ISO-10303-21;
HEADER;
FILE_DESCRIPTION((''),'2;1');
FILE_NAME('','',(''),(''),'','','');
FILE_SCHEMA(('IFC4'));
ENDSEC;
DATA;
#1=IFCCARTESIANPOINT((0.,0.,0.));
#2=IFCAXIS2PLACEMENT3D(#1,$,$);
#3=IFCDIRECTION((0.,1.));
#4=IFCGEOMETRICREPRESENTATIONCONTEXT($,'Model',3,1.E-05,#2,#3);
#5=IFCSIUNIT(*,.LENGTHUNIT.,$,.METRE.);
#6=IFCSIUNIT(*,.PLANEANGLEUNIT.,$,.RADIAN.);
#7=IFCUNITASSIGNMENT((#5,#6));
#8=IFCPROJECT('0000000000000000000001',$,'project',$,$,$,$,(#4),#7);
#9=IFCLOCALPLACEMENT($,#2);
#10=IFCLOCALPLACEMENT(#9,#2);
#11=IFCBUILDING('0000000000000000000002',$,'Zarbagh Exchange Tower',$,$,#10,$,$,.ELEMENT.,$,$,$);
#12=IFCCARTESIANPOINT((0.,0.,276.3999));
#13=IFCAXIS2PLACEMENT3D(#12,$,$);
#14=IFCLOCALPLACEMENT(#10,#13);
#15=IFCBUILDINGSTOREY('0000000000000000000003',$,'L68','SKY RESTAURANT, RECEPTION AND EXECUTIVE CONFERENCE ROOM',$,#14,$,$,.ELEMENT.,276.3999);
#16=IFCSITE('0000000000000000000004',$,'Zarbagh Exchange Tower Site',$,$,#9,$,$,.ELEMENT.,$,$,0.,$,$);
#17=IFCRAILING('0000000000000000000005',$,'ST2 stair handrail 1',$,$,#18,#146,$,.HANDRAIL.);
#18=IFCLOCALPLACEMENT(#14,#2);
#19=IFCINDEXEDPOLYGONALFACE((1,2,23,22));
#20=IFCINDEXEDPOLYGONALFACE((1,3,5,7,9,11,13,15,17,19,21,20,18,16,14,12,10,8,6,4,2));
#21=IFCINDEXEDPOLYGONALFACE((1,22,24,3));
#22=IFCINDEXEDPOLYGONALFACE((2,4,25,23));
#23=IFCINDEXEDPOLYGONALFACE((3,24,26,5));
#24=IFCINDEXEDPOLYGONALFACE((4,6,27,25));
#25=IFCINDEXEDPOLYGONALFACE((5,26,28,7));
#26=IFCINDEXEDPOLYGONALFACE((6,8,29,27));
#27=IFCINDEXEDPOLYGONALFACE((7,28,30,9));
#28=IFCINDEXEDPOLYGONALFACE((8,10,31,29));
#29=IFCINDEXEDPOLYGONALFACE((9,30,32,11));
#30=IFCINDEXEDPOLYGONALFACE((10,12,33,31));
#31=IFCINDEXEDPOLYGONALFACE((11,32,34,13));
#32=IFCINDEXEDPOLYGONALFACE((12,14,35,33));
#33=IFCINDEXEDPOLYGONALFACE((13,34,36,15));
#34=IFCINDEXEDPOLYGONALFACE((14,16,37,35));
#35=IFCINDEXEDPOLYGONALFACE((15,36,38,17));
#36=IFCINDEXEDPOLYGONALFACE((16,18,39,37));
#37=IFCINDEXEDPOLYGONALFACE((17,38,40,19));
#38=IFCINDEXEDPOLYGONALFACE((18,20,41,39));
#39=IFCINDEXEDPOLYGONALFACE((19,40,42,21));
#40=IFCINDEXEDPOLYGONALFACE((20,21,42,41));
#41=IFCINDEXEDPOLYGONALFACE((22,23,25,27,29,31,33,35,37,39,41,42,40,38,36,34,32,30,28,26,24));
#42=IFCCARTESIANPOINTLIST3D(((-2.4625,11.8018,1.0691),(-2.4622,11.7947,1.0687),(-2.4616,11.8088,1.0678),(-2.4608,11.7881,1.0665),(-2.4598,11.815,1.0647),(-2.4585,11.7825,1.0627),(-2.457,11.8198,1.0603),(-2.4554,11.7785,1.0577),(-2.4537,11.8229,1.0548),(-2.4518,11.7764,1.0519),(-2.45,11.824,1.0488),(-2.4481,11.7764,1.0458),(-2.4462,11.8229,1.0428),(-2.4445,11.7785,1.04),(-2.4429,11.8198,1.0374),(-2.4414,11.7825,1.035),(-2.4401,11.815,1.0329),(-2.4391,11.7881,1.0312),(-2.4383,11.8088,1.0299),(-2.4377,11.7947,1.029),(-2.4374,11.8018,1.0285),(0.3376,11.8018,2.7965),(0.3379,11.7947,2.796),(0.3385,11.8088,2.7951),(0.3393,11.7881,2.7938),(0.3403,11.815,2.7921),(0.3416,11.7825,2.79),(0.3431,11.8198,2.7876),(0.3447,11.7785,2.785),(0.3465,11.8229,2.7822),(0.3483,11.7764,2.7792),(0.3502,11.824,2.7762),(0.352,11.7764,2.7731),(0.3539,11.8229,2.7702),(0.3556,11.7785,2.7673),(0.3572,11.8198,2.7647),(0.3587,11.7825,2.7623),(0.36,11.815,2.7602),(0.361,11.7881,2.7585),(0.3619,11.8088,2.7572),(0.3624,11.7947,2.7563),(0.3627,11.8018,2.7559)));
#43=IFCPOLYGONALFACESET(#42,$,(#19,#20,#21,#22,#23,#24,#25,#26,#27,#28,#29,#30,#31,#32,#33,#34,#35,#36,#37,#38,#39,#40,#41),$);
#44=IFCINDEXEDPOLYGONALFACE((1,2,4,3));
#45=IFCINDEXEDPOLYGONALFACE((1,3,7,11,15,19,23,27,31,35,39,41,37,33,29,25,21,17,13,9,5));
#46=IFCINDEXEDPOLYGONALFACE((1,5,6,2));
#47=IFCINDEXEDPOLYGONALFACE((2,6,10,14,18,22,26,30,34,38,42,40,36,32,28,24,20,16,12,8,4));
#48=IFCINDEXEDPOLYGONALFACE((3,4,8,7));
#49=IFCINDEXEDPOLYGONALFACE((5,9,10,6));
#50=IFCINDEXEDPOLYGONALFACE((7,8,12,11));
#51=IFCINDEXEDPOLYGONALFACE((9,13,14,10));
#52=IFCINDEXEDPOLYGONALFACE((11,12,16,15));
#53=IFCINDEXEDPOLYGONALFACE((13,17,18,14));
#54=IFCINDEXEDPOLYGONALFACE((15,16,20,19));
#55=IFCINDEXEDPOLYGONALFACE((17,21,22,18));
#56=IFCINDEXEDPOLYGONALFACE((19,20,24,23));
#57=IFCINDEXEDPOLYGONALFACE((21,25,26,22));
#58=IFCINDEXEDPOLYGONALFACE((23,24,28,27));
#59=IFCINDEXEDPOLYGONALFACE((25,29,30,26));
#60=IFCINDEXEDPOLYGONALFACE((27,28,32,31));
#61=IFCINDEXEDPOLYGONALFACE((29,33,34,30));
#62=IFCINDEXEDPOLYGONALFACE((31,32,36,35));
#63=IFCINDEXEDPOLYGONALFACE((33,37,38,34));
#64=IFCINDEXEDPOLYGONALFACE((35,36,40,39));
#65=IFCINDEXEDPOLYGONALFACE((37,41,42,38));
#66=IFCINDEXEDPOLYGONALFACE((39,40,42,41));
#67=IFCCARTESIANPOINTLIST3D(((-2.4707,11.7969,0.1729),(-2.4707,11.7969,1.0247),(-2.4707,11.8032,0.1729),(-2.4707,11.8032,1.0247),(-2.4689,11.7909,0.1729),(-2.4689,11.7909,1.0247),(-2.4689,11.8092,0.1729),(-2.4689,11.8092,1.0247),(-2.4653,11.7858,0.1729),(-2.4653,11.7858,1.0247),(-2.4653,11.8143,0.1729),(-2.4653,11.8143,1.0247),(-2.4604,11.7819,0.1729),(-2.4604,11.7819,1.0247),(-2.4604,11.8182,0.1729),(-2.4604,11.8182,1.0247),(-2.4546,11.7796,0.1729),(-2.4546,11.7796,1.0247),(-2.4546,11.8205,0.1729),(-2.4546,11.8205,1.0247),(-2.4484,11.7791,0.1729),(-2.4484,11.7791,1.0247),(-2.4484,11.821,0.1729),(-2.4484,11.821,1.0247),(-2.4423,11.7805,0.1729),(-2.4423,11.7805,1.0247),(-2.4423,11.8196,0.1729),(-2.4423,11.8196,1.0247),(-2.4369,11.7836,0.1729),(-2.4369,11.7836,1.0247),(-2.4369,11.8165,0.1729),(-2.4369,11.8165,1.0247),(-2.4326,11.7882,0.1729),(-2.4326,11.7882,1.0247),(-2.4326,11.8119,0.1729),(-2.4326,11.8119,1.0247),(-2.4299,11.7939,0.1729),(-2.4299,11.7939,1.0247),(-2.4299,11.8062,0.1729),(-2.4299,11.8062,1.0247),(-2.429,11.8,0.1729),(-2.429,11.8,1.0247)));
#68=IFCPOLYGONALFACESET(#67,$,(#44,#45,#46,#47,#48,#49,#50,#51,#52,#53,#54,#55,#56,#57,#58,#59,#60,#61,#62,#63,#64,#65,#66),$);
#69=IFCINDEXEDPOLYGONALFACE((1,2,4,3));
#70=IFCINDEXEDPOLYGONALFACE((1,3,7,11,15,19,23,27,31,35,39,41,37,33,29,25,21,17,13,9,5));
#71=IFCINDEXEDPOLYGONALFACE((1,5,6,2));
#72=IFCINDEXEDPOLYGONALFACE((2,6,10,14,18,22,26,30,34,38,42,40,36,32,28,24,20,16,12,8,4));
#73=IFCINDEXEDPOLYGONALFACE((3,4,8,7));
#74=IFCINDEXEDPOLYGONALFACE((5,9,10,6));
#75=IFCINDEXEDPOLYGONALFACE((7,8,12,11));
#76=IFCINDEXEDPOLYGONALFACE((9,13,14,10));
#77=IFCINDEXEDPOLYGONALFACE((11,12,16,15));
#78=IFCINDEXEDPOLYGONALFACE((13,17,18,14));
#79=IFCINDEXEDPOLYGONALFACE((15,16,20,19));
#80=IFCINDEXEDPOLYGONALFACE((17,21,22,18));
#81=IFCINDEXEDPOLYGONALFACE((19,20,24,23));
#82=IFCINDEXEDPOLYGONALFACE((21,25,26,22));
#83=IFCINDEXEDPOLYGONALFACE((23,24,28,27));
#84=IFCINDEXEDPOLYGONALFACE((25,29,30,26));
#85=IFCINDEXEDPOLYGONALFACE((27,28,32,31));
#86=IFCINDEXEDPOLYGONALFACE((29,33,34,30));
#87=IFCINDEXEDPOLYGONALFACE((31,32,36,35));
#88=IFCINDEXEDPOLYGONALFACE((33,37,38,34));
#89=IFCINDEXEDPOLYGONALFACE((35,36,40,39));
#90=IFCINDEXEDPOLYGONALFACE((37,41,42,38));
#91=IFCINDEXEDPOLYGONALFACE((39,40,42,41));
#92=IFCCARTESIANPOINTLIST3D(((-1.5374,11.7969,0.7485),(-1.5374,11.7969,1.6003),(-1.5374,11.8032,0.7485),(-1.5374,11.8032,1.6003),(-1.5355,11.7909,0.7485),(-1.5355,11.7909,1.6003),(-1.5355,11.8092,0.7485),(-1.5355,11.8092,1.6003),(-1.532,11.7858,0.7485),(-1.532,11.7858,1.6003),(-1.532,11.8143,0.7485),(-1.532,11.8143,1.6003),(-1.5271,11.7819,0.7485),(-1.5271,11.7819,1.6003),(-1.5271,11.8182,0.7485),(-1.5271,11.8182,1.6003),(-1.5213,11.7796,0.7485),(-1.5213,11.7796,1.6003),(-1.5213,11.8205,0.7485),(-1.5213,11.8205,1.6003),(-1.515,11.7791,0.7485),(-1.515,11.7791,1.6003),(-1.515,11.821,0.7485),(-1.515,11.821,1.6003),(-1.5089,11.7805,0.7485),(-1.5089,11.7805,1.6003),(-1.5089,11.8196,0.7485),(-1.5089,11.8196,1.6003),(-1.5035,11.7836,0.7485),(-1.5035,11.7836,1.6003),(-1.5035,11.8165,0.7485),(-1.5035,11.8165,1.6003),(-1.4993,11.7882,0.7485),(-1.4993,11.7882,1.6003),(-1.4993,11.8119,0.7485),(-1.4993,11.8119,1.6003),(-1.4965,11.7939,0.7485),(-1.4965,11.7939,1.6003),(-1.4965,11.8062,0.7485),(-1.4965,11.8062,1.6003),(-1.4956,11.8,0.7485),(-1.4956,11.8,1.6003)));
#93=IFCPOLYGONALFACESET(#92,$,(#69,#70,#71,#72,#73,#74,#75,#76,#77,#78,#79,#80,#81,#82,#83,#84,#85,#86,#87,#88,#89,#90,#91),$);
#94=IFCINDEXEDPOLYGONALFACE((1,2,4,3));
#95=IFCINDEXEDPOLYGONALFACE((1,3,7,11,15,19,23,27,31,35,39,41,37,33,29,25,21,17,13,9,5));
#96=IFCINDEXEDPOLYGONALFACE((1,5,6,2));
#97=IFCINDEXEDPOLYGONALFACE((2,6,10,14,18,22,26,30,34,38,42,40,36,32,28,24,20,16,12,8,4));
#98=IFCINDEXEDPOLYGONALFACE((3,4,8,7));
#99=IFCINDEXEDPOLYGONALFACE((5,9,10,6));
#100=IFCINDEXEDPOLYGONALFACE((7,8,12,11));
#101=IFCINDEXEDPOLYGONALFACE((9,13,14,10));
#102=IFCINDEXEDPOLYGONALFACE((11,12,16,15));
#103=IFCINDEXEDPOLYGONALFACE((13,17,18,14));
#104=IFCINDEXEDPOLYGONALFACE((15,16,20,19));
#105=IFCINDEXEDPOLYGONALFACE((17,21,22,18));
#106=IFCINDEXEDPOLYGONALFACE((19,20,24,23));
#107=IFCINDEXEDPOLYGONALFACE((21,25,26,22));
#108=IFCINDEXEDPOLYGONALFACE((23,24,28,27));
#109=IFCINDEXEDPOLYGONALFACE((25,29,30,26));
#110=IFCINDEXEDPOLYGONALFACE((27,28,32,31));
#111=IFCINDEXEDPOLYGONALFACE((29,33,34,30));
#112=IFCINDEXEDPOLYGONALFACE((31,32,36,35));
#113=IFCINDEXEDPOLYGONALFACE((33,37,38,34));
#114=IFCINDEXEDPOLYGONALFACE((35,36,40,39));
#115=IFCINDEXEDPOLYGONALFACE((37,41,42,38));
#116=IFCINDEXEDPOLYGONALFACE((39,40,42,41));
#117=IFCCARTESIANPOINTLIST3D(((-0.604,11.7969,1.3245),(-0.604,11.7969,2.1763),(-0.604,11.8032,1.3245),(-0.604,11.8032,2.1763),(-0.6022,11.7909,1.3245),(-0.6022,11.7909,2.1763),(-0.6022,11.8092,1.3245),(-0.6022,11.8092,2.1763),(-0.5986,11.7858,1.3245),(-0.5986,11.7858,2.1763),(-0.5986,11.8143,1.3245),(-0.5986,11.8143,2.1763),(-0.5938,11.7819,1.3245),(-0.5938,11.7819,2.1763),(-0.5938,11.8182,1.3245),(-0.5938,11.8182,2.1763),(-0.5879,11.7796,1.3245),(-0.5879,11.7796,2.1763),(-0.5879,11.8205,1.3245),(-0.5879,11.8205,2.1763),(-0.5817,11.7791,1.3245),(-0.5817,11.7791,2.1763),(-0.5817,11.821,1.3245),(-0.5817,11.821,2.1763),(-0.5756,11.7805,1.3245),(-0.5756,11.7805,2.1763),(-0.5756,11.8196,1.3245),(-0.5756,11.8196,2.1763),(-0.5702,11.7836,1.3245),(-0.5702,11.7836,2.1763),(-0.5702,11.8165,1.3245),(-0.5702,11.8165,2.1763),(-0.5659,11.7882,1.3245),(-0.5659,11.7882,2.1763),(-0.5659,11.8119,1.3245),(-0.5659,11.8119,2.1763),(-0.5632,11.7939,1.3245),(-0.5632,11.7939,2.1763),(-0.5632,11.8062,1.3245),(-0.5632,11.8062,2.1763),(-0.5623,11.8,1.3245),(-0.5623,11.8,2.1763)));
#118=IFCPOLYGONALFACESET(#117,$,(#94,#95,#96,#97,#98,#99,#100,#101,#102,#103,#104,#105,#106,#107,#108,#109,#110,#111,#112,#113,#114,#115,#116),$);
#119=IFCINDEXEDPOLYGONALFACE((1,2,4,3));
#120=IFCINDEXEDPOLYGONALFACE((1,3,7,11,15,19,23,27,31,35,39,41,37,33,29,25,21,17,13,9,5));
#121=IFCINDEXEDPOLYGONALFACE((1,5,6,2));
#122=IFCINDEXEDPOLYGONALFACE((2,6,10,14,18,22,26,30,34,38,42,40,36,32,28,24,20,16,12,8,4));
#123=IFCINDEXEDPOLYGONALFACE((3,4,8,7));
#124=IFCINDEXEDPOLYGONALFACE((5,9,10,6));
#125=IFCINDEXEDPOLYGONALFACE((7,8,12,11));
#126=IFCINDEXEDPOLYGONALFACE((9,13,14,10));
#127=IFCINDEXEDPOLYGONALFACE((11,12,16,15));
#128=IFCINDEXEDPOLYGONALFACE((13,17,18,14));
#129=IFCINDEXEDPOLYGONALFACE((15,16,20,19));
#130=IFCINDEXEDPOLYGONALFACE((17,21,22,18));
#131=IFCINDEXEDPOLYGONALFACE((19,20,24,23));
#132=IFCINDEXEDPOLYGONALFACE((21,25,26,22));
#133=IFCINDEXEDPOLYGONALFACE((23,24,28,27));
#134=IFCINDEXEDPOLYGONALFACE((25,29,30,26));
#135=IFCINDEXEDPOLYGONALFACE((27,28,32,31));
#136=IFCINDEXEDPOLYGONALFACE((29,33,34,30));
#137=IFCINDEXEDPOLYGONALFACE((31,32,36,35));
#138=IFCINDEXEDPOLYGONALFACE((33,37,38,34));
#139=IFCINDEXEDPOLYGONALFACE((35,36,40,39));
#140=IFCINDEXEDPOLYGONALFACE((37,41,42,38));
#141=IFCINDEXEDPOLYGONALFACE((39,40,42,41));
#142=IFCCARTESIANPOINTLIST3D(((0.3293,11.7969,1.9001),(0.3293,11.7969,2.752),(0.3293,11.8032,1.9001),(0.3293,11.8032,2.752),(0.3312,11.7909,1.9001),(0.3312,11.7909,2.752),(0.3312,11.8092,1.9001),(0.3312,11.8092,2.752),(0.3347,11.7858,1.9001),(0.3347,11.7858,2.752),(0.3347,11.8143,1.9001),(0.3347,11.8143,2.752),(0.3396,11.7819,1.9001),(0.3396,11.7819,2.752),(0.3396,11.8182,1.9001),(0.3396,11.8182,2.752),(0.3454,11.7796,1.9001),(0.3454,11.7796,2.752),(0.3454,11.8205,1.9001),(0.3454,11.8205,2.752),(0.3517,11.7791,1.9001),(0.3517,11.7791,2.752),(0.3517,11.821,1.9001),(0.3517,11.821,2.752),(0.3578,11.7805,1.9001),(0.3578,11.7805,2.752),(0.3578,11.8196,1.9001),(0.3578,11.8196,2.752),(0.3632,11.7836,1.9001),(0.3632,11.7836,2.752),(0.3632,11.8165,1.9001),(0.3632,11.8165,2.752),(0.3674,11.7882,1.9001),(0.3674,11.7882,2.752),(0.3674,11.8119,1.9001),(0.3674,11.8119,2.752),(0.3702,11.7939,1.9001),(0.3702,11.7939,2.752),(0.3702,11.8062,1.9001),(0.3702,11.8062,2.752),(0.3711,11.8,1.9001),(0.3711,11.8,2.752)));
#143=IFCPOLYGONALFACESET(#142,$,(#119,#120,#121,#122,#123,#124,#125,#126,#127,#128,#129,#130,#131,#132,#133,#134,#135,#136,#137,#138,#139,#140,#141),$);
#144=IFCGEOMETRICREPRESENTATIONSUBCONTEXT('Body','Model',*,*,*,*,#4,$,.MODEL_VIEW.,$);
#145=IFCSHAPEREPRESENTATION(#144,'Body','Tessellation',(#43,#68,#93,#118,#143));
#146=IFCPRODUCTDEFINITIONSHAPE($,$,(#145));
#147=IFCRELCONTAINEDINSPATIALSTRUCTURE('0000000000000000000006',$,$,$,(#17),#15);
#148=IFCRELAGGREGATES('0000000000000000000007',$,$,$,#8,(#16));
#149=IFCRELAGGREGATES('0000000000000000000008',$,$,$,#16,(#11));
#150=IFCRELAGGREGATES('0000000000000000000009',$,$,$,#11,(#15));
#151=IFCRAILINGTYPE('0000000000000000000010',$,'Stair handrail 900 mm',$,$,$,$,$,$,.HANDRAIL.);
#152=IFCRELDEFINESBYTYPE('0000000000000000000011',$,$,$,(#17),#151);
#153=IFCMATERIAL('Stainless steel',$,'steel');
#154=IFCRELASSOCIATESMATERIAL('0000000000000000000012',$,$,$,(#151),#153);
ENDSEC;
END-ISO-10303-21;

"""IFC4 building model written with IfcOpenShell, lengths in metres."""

from ifc_helpers import new_model, si_unit, direction, frame, origin, origin_2d, place, context, subcontext, project, spatial, circle, extrude, material, type_object, element, save


model = new_model("IFC4")

# Units and contexts
model_context = context("Model", 3, precision=1e-05, world=origin(), true_north=direction((0.0, 1.0)))
body_context = subcontext(model_context, "Body", "Model", "MODEL_VIEW")
ifc_project = project(units=[si_unit("LENGTHUNIT", "METRE"), si_unit("PLANEANGLEUNIT", "RADIAN")], contexts=[model_context])

# Site, building, storey
site_placement = place(None, origin())
site = spatial("IfcSite", under=ifc_project, at=site_placement, Name="Zarbagh Exchange Tower Site", CompositionType="ELEMENT", RefElevation=0.0)
building_placement = place(site_placement, origin())
building = spatial("IfcBuilding", under=site, at=building_placement, Name="Zarbagh Exchange Tower", CompositionType="ELEMENT")
storey_placement = place(building_placement, frame((0.0, 0.0, 276.3999)))
storey = spatial("IfcBuildingStorey", under=building, at=storey_placement, Name="L68", Description="SKY RESTAURANT, RECEPTION AND EXECUTIVE CONFERENCE ROOM", CompositionType="ELEMENT", Elevation=276.3999)

# Railing
ifc_material_1 = material(Name="Stainless steel", Category="steel")
railing_type = type_object("IfcRailingType", Name="Stair handrail 900 mm", PredefinedType="HANDRAIL", material=ifc_material_1)
railing_1_placement = place(storey_placement, frame((-2.45, 11.8, 0.1729)))
element("IfcRailing", 1, at=railing_1_placement, inside=storey, type_object=railing_type, Name="ST2 stair handrail 1", PredefinedType="HANDRAIL", context=body_context, shape_type="SweptSolid", body=[
    extrude(circle(Radius=0.0239, at=origin_2d()), frame((0.0, 0.0, 0.876), z_axis=(0.85109, 0.0, 0.52502), x_axis=(0.0, 1.0, 0.0)), (0.0, 0.0, 1.0), 3.29),
    extrude(circle(Radius=0.021, at=origin_2d()), origin(), (0.0, 0.0, 1.0), 0.8518),
    extrude(circle(Radius=0.021, at=origin_2d()), frame((0.9333, 0.0, 0.5757)), (0.0, 0.0, 1.0), 0.8518),
    extrude(circle(Radius=0.021, at=origin_2d()), frame((1.8667, 0.0, 1.1516)), (0.0, 0.0, 1.0), 0.8518),
    extrude(circle(Radius=0.021, at=origin_2d()), frame((2.8, 0.0, 1.7273)), (0.0, 0.0, 1.0), 0.8518),
])

save(model, "model.ifc")
